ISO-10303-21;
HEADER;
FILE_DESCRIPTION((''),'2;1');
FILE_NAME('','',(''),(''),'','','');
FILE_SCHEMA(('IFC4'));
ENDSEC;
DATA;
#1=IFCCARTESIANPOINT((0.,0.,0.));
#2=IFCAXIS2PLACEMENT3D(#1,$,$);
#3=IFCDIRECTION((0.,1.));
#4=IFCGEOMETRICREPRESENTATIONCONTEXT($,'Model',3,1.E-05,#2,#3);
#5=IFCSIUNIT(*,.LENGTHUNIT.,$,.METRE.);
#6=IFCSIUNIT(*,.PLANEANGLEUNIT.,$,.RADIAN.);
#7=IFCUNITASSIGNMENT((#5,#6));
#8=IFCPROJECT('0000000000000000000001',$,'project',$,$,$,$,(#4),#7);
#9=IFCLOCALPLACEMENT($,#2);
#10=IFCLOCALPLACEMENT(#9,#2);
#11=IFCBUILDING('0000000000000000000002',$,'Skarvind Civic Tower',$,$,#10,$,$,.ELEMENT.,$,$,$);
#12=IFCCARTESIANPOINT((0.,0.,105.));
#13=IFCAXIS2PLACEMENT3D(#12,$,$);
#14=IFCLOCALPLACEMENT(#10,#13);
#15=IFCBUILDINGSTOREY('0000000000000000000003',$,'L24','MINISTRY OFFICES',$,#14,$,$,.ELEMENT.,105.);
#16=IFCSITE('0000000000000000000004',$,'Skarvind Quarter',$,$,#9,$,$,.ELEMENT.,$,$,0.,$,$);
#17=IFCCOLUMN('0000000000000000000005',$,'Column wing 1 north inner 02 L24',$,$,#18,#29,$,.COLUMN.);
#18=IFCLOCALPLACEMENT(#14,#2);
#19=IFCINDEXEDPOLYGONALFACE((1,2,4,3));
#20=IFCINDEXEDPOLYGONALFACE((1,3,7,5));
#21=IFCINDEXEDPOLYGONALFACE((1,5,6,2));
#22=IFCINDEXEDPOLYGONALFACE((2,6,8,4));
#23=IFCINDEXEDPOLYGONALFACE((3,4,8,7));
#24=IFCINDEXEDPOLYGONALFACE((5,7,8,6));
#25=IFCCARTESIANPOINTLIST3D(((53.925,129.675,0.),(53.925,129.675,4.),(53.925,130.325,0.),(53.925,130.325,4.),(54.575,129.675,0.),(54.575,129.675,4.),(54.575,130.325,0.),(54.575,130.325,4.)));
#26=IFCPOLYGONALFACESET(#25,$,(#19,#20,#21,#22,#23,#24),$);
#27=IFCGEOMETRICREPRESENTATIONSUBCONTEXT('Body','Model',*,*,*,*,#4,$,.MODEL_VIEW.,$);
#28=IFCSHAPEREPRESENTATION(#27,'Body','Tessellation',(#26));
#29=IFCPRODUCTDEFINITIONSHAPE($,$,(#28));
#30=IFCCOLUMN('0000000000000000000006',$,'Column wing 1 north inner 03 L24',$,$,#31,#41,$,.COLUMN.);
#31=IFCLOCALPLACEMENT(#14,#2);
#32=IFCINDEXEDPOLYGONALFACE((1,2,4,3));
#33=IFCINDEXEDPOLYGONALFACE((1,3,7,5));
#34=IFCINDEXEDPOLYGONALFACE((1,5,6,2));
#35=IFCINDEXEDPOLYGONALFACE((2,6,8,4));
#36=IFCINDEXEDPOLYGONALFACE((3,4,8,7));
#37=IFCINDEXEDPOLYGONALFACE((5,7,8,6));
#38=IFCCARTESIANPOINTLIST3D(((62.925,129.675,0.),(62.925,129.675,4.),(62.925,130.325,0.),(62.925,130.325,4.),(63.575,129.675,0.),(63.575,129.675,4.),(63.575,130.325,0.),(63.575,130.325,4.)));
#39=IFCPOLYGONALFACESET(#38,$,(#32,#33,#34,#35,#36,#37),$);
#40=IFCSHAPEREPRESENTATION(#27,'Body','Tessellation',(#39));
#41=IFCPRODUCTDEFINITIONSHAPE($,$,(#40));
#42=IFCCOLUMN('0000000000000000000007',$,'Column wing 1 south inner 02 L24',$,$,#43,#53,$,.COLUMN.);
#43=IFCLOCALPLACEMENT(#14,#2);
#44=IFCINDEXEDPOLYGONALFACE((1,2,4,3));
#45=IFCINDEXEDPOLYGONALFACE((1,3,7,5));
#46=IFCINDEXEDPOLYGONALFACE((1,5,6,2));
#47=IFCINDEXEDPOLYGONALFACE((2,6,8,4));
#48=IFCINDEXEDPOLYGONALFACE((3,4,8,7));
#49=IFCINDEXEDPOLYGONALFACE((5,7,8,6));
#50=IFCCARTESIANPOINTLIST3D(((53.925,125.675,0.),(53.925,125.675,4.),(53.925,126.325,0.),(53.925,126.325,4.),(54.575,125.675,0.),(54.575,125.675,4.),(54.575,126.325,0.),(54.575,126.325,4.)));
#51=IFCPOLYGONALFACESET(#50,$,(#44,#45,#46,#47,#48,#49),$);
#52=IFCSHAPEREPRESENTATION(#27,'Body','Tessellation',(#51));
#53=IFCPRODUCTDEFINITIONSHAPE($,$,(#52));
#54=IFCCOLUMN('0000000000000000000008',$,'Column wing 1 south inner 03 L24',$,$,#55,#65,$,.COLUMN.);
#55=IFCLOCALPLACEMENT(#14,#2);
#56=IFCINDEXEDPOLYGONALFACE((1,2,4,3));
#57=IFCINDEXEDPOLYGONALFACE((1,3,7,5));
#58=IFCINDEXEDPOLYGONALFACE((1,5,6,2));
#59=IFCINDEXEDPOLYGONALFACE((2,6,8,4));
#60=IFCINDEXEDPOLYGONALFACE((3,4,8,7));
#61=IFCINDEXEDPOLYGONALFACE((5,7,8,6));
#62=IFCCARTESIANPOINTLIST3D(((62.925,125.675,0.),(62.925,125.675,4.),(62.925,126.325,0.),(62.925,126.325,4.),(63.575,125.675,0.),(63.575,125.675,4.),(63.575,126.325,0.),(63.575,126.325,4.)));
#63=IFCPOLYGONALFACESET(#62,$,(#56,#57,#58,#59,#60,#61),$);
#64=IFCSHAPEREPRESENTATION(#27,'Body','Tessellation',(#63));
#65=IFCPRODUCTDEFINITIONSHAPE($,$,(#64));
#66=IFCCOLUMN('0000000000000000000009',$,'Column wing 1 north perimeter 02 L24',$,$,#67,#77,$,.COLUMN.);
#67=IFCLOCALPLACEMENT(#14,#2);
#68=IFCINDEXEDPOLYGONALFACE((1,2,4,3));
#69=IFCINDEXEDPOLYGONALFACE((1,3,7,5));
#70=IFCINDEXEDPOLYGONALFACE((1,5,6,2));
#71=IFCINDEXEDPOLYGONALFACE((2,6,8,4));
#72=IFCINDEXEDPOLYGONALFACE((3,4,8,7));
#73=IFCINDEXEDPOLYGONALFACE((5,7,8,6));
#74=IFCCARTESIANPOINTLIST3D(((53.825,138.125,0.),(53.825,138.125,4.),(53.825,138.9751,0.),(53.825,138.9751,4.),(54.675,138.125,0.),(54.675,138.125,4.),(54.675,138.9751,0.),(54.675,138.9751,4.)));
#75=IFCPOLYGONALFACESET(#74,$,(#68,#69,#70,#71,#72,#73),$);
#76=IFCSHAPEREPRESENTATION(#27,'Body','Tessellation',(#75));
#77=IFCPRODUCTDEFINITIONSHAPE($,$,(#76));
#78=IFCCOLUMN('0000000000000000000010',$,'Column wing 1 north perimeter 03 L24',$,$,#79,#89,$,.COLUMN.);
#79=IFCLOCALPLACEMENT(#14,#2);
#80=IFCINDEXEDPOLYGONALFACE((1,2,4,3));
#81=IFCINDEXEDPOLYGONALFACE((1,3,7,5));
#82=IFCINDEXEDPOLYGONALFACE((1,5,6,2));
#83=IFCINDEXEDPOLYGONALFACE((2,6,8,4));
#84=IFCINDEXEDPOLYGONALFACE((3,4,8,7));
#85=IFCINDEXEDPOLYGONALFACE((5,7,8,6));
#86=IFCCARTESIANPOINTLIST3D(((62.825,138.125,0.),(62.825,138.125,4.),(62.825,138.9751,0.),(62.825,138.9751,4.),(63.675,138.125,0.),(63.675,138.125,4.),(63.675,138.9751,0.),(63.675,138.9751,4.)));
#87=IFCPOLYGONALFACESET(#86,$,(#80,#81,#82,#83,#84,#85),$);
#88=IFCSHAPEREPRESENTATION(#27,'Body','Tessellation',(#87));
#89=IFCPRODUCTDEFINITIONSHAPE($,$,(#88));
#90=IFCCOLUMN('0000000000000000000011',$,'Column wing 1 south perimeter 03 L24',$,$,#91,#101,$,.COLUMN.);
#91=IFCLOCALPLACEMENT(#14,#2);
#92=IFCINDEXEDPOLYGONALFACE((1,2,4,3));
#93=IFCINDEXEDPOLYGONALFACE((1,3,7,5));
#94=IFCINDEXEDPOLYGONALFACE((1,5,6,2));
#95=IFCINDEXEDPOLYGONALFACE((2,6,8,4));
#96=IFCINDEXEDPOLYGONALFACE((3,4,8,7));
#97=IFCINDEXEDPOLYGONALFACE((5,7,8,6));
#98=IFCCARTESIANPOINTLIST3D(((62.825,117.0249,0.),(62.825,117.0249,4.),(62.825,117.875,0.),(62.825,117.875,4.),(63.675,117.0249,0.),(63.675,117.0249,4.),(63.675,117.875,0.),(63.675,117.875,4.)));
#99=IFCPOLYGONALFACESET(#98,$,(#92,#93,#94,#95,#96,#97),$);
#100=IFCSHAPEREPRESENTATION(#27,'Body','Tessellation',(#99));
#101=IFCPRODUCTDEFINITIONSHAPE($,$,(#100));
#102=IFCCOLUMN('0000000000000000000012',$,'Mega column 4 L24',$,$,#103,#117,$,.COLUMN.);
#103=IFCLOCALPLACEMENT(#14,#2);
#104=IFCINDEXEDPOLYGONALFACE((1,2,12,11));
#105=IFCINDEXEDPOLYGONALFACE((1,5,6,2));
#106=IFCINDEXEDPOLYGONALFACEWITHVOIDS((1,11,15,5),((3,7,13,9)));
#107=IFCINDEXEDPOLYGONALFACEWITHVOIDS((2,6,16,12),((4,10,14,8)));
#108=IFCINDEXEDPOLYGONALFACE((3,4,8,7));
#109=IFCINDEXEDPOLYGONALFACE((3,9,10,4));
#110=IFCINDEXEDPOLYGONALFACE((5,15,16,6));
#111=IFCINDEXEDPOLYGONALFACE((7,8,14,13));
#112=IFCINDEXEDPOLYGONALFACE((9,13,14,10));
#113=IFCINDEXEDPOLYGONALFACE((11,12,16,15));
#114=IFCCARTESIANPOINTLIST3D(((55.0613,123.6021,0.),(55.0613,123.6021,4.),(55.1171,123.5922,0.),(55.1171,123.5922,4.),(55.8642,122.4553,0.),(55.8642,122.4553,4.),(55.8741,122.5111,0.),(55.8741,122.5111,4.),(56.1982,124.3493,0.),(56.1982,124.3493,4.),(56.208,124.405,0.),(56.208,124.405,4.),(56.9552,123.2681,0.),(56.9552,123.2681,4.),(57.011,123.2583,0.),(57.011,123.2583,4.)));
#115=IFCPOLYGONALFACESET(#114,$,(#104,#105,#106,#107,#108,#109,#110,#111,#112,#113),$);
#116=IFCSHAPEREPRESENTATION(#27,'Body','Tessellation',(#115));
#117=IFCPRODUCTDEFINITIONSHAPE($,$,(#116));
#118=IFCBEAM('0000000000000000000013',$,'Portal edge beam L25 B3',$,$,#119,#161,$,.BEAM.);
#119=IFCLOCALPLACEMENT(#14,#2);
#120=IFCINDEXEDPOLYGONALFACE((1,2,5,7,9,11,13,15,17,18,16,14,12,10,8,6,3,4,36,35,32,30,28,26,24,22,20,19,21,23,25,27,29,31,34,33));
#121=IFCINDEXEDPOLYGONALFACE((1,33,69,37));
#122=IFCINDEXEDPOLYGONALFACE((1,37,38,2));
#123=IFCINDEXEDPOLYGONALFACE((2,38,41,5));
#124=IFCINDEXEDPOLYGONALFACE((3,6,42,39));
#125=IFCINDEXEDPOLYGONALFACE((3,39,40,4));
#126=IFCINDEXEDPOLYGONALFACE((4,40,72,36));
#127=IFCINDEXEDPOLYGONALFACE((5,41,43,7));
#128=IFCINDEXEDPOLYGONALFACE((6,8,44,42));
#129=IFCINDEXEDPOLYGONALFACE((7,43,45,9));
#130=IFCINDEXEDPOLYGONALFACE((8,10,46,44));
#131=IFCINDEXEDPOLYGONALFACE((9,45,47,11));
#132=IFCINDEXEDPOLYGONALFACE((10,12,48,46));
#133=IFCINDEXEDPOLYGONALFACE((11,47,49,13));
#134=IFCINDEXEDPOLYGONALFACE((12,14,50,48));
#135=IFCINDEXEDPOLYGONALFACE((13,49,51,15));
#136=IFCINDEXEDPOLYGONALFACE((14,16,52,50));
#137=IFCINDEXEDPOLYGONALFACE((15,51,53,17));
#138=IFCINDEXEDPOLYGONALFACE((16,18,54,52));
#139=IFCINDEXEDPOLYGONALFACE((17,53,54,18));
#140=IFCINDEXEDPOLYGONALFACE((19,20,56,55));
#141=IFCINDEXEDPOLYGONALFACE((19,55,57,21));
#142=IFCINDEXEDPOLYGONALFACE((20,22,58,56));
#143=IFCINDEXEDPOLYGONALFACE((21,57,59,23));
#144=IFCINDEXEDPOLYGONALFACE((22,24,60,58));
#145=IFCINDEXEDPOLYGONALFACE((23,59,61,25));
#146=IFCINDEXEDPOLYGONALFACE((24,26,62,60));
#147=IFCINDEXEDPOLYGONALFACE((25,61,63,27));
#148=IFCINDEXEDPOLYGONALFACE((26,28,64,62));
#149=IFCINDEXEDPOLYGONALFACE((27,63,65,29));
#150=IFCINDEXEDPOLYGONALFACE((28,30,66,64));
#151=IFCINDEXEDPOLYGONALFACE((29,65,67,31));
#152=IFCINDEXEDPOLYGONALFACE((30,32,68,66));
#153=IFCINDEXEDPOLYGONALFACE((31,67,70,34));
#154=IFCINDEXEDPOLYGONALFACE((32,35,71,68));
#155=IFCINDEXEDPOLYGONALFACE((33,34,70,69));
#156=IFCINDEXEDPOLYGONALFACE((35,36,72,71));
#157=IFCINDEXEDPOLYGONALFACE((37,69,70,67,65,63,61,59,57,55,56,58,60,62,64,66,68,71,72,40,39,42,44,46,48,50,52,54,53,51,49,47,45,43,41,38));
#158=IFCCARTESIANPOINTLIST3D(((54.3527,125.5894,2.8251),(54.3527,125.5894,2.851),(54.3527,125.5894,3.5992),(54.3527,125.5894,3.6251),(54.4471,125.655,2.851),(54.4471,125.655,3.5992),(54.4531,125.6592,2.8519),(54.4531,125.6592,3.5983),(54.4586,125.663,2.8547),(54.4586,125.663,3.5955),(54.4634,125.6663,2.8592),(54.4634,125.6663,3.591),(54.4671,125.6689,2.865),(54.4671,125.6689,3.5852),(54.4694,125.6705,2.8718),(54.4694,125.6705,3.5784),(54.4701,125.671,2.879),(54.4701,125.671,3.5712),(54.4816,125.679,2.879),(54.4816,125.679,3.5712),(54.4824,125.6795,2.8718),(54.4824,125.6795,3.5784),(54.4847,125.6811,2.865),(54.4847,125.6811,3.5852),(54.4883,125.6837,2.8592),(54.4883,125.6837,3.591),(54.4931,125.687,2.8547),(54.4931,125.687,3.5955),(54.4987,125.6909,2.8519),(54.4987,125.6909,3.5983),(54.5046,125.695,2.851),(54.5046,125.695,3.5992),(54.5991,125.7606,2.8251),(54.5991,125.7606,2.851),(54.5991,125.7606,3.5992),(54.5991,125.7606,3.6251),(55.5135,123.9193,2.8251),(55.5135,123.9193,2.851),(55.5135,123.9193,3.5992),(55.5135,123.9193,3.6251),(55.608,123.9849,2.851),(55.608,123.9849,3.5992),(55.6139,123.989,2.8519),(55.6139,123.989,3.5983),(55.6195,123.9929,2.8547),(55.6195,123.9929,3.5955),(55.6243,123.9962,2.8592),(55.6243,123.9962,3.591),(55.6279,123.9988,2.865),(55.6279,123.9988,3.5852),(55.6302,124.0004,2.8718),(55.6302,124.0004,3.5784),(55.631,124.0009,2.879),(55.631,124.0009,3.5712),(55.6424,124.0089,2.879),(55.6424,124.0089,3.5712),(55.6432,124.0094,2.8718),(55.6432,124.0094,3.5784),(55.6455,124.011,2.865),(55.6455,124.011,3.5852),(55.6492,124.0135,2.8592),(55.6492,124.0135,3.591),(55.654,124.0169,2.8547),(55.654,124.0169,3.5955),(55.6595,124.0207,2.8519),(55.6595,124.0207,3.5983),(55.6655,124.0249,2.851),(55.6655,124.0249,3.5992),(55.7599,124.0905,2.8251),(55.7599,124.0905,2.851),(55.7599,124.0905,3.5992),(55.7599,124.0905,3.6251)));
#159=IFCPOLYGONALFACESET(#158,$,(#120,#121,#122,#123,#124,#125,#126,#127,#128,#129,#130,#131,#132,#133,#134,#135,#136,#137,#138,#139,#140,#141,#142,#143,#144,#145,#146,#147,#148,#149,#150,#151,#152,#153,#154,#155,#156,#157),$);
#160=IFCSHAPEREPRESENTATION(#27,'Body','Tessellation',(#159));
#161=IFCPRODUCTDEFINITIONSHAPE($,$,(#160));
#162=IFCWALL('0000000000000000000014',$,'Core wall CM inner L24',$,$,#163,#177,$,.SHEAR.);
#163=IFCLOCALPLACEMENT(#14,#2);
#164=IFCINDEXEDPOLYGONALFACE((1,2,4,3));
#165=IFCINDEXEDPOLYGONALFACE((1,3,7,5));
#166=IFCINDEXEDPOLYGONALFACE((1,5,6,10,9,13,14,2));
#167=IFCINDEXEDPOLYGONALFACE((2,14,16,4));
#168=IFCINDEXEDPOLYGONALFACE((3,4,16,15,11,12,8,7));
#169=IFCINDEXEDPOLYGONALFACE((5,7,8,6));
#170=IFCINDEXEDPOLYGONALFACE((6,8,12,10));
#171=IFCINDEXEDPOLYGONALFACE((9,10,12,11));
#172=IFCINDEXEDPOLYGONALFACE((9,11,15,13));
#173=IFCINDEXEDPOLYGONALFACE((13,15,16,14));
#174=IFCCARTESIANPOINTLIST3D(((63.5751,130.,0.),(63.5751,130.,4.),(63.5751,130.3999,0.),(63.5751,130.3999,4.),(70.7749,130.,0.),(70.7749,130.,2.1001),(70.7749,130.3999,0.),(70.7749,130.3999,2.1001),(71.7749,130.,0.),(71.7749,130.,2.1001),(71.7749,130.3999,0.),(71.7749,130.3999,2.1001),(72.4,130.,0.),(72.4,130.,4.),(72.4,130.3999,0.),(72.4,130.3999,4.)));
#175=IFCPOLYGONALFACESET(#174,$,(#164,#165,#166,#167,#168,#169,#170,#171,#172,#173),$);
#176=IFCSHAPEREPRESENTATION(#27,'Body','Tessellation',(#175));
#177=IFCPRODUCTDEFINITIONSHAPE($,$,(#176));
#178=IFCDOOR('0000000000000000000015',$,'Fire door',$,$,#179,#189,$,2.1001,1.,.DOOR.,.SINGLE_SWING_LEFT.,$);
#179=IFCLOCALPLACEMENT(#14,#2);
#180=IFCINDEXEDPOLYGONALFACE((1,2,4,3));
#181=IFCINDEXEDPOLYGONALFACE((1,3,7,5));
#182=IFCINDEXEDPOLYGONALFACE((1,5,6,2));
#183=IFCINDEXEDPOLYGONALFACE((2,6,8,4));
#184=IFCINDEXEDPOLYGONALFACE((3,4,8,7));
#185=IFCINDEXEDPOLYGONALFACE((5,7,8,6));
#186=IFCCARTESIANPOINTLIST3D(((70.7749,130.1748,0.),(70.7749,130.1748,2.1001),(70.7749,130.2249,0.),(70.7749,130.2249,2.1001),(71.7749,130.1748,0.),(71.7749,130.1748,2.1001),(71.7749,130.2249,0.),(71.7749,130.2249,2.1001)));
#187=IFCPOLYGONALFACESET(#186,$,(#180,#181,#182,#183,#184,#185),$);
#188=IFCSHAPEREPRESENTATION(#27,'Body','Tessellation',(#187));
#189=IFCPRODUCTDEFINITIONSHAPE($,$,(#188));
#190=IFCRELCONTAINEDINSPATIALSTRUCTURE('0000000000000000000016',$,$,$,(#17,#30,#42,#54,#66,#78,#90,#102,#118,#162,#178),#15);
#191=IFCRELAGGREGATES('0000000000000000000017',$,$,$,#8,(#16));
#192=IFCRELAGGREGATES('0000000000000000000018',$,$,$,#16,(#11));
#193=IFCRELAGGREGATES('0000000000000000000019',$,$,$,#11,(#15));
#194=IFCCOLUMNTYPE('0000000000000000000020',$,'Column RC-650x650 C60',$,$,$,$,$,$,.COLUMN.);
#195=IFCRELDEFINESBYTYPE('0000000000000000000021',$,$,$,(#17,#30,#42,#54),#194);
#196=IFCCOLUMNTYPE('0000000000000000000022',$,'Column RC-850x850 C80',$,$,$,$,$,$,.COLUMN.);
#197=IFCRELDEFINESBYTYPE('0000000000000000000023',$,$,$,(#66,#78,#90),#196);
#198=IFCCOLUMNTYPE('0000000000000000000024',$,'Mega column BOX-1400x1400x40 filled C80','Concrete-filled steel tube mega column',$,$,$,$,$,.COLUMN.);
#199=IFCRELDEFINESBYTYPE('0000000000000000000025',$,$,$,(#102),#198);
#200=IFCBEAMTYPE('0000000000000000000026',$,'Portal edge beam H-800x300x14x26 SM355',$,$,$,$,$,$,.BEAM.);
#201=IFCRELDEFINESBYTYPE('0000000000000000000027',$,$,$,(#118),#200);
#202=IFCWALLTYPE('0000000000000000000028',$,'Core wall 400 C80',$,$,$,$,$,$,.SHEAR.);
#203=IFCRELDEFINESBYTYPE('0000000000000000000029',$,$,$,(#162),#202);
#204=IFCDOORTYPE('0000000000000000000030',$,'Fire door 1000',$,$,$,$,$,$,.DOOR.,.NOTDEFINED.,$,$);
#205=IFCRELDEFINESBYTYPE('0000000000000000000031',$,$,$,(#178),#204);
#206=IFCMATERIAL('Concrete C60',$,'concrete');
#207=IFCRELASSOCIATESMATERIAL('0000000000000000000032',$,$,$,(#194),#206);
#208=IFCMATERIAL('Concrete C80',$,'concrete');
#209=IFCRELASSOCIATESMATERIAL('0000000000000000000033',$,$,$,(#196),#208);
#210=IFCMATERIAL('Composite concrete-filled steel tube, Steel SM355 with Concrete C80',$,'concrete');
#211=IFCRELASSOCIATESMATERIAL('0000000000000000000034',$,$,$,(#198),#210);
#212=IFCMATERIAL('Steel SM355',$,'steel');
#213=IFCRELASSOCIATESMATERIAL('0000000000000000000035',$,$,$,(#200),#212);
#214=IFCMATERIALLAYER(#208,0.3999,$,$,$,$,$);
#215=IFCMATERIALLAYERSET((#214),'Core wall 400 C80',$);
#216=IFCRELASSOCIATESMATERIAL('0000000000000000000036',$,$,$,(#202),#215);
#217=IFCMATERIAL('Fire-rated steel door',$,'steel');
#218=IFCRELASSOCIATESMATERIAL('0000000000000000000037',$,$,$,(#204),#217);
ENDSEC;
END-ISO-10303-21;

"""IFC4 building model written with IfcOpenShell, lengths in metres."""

from ifc_helpers import new_model, si_unit, direction, frame, frame_2d, origin, origin_2d, place, context, subcontext, project, spatial, rectangle, hollow_rectangle, i_section, extrude, material, layer, layer_set, material_profile, profile_set, type_object, element, fill, save


model = new_model("IFC4")

# Units and contexts
model_context = context("Model", 3, precision=1e-05, world=origin(), true_north=direction((0.0, 1.0)))
body_context = subcontext(model_context, "Body", "Model", "MODEL_VIEW")
ifc_project = project(units=[si_unit("LENGTHUNIT", "METRE"), si_unit("PLANEANGLEUNIT", "RADIAN")], contexts=[model_context])

# Site, building, storey
site_placement = place(None, origin())
site = spatial("IfcSite", under=ifc_project, at=site_placement, Name="Skarvind Quarter", CompositionType="ELEMENT", RefElevation=0.0)
building_placement = place(site_placement, origin())
building = spatial("IfcBuilding", under=site, at=building_placement, Name="Skarvind Civic Tower", CompositionType="ELEMENT")
storey_placement = place(building_placement, frame((0.0, 0.0, 105.0)))
storey = spatial("IfcBuildingStorey", under=building, at=storey_placement, Name="L24", Description="MINISTRY OFFICES", CompositionType="ELEMENT", Elevation=105.0)

# Columns
ifc_material_1 = material(Name="Concrete C60", Category="concrete")
ifc_material_profile_1 = material_profile(ifc_material_1, rectangle(XDim=0.6499, YDim=0.6499, at=origin_2d()), Name="RC-650x650")
ifc_profile_set_1 = profile_set([ifc_material_profile_1], Name="Concrete C60")
column_type_1 = type_object("IfcColumnType", Name="Column RC-650x650 C60", PredefinedType="COLUMN", material=ifc_profile_set_1)
for number, where, z_axis, x_axis, name in (
    (1, (54.25, 130.0, 0.0), (0.0, 0.0, 1.0), (1.0, 0.0, 0.0), "Column wing 1 north inner 02 L24"),
    (2, (63.25, 130.0, 0.0), (0.0, 0.0, 1.0), (1.0, 0.0, 0.0), "Column wing 1 north inner 03 L24"),
    (3, (54.25, 126.0, 0.0), (0.0, 0.0, 1.0), (1.0, 0.0, 0.0), "Column wing 1 south inner 02 L24"),
    (4, (63.25, 126.0, 0.0), (0.0, 0.0, 1.0), (1.0, 0.0, 0.0), "Column wing 1 south inner 03 L24"),
):
    element("IfcColumn", number, at=place(storey_placement, frame(where, z_axis=z_axis, x_axis=x_axis)), inside=storey, type_object=column_type_1, Name=name, PredefinedType="COLUMN", context=body_context, shape_type="SweptSolid", body=[
        extrude(rectangle(XDim=0.6499, YDim=0.6499, at=origin_2d()), origin(), (0.0, 0.0, 1.0), 4.0),
    ])
ifc_material_2 = material(Name="Concrete C80", Category="concrete")
ifc_material_profile_2 = material_profile(ifc_material_2, rectangle(XDim=0.8501, YDim=0.8501, at=origin_2d()), Name="RC-850x850")
ifc_profile_set_2 = profile_set([ifc_material_profile_2], Name="Concrete C80")
column_type_2 = type_object("IfcColumnType", Name="Column RC-850x850 C80", PredefinedType="COLUMN", material=ifc_profile_set_2)
for number, where, z_axis, x_axis, name in (
    (5, (54.25, 138.55, 0.0), (0.0, 0.0, 1.0), (1.0, 0.0, 0.0), "Column wing 1 north perimeter 02 L24"),
    (6, (63.25, 138.55, 0.0), (0.0, 0.0, 1.0), (1.0, 0.0, 0.0), "Column wing 1 north perimeter 03 L24"),
    (7, (63.25, 117.45, 0.0), (0.0, 0.0, 1.0), (1.0, 0.0, 0.0), "Column wing 1 south perimeter 03 L24"),
):
    element("IfcColumn", number, at=place(storey_placement, frame(where, z_axis=z_axis, x_axis=x_axis)), inside=storey, type_object=column_type_2, Name=name, PredefinedType="COLUMN", context=body_context, shape_type="SweptSolid", body=[
        extrude(rectangle(XDim=0.8501, YDim=0.8501, at=origin_2d()), origin(), (0.0, 0.0, 1.0), 4.0),
    ])
ifc_material_3 = material(Name="Composite concrete-filled steel tube, Steel SM355 with Concrete C80", Category="concrete")
ifc_material_profile_3 = material_profile(ifc_material_3, hollow_rectangle(XDim=1.3999, YDim=1.3999, WallThickness=0.04, at=origin_2d()), Name="BOX-1400x1400x40")
ifc_profile_set_3 = profile_set([ifc_material_profile_3], Name="Composite concrete-filled steel tube, Steel SM355 with Concrete C80")
column_type_3 = type_object("IfcColumnType", Name="Mega column BOX-1400x1400x40 filled C80", Description="Concrete-filled steel tube mega column", PredefinedType="COLUMN", material=ifc_profile_set_3)
column_placement = place(storey_placement, frame((56.0361, 123.4302, 0.0), z_axis=(0.0, 0.0, 1.0), x_axis=(0.573576, -0.819152, 0.0)))
element("IfcColumn", 8, at=column_placement, inside=storey, type_object=column_type_3, Name="Mega column 4 L24", PredefinedType="COLUMN", context=body_context, shape_type="SweptSolid", body=[
    extrude(hollow_rectangle(XDim=1.3999, YDim=1.3999, WallThickness=0.04, at=origin_2d()), origin(), (0.0, 0.0, 1.0), 4.0),
])

# Beam
ifc_material_4 = material(Name="Steel SM355", Category="steel")
ifc_material_profile_4 = material_profile(ifc_material_4, i_section(OverallWidth=0.3, OverallDepth=0.8, WebThickness=0.0139, FlangeThickness=0.0259, FilletRadius=0.0281, at=origin_2d()), Name="H-800x300x14x26")
ifc_profile_set_4 = profile_set([ifc_material_profile_4], Name="Steel SM355")
beam_type = type_object("IfcBeamType", Name="Portal edge beam H-800x300x14x26 SM355", PredefinedType="BEAM", material=ifc_profile_set_4)
beam_placement = place(storey_placement, frame((55.6367, 124.0049, 3.2251), z_axis=(-0.570744, 0.821128, 0.0), x_axis=(-0.821128, -0.570744, 0.0)))
element("IfcBeam", 9, at=beam_placement, inside=storey, type_object=beam_type, Name="Portal edge beam L25 B3", PredefinedType="BEAM", context=body_context, shape_type="SweptSolid", body=[
    extrude(i_section(OverallWidth=0.3, OverallDepth=0.8, WebThickness=0.0139, FlangeThickness=0.0259, FilletRadius=0.0281, at=origin_2d()), origin(), (0.0, 0.0, 1.0), 2.0339),
])

# Wall, opening, door
ifc_layer_1 = layer(ifc_material_2, 0.3999)
ifc_layer_set_1 = layer_set([ifc_layer_1], Name="Core wall 400 C80")
wall_type_1 = type_object("IfcWallType", Name="Core wall 400 C80", PredefinedType="SHEAR", material=ifc_layer_set_1)
wall_1_placement = place(storey_placement, frame((63.575, 130.2, 0.0), z_axis=(0.0, 0.0, 1.0), x_axis=(1.0, 0.0, 0.0)))
wall_1 = element("IfcWall", 10, at=wall_1_placement, inside=storey, type_object=wall_type_1, Name="Core wall CM inner L24", PredefinedType="SHEAR", context=body_context, shape_type="SweptSolid", body=[
    extrude(rectangle(XDim=8.825, YDim=0.3999, at=frame_2d((4.4126, 0.0))), origin(), (0.0, 0.0, 1.0), 4.0),
])
opening_1_placement = place(wall_1_placement, frame((7.2, 0.0, 0.0)))
opening_1 = element("IfcOpeningElement", 11, at=opening_1_placement, cuts=wall_1, PredefinedType="OPENING", context=body_context, shape_type="SweptSolid", body=[
    extrude(rectangle(XDim=1.0, YDim=2.1001, at=frame_2d((0.5, 1.05))), frame((0.0, 0.21, 0.0), z_axis=(0.0, -1.0, 0.0), x_axis=(1.0, 0.0, 0.0)), (0.0, 0.0, 1.0), 0.4199),
])
ifc_material_5 = material(Name="Fire-rated steel door", Category="steel")
door_type_1 = type_object("IfcDoorType", Name="Fire door 1000", OperationType="NOTDEFINED", PredefinedType="DOOR", material=ifc_material_5)
door_1_placement = place(opening_1_placement, origin())
door_1 = element("IfcDoor", 12, at=door_1_placement, inside=storey, type_object=door_type_1, Name="Fire door", OperationType="SINGLE_SWING_LEFT", OverallHeight=2.1001, OverallWidth=1.0, PredefinedType="DOOR", context=body_context, shape_type="SweptSolid", body=[
    extrude(rectangle(XDim=1.0, YDim=2.1001, at=frame_2d((0.5, 1.05))), frame((0.0, 0.0249, 0.0), z_axis=(0.0, -1.0, 0.0), x_axis=(1.0, 0.0, 0.0)), (0.0, 0.0, 1.0), 0.05),
])
fill(opening_1, door_1)

save(model, "model.ifc")
